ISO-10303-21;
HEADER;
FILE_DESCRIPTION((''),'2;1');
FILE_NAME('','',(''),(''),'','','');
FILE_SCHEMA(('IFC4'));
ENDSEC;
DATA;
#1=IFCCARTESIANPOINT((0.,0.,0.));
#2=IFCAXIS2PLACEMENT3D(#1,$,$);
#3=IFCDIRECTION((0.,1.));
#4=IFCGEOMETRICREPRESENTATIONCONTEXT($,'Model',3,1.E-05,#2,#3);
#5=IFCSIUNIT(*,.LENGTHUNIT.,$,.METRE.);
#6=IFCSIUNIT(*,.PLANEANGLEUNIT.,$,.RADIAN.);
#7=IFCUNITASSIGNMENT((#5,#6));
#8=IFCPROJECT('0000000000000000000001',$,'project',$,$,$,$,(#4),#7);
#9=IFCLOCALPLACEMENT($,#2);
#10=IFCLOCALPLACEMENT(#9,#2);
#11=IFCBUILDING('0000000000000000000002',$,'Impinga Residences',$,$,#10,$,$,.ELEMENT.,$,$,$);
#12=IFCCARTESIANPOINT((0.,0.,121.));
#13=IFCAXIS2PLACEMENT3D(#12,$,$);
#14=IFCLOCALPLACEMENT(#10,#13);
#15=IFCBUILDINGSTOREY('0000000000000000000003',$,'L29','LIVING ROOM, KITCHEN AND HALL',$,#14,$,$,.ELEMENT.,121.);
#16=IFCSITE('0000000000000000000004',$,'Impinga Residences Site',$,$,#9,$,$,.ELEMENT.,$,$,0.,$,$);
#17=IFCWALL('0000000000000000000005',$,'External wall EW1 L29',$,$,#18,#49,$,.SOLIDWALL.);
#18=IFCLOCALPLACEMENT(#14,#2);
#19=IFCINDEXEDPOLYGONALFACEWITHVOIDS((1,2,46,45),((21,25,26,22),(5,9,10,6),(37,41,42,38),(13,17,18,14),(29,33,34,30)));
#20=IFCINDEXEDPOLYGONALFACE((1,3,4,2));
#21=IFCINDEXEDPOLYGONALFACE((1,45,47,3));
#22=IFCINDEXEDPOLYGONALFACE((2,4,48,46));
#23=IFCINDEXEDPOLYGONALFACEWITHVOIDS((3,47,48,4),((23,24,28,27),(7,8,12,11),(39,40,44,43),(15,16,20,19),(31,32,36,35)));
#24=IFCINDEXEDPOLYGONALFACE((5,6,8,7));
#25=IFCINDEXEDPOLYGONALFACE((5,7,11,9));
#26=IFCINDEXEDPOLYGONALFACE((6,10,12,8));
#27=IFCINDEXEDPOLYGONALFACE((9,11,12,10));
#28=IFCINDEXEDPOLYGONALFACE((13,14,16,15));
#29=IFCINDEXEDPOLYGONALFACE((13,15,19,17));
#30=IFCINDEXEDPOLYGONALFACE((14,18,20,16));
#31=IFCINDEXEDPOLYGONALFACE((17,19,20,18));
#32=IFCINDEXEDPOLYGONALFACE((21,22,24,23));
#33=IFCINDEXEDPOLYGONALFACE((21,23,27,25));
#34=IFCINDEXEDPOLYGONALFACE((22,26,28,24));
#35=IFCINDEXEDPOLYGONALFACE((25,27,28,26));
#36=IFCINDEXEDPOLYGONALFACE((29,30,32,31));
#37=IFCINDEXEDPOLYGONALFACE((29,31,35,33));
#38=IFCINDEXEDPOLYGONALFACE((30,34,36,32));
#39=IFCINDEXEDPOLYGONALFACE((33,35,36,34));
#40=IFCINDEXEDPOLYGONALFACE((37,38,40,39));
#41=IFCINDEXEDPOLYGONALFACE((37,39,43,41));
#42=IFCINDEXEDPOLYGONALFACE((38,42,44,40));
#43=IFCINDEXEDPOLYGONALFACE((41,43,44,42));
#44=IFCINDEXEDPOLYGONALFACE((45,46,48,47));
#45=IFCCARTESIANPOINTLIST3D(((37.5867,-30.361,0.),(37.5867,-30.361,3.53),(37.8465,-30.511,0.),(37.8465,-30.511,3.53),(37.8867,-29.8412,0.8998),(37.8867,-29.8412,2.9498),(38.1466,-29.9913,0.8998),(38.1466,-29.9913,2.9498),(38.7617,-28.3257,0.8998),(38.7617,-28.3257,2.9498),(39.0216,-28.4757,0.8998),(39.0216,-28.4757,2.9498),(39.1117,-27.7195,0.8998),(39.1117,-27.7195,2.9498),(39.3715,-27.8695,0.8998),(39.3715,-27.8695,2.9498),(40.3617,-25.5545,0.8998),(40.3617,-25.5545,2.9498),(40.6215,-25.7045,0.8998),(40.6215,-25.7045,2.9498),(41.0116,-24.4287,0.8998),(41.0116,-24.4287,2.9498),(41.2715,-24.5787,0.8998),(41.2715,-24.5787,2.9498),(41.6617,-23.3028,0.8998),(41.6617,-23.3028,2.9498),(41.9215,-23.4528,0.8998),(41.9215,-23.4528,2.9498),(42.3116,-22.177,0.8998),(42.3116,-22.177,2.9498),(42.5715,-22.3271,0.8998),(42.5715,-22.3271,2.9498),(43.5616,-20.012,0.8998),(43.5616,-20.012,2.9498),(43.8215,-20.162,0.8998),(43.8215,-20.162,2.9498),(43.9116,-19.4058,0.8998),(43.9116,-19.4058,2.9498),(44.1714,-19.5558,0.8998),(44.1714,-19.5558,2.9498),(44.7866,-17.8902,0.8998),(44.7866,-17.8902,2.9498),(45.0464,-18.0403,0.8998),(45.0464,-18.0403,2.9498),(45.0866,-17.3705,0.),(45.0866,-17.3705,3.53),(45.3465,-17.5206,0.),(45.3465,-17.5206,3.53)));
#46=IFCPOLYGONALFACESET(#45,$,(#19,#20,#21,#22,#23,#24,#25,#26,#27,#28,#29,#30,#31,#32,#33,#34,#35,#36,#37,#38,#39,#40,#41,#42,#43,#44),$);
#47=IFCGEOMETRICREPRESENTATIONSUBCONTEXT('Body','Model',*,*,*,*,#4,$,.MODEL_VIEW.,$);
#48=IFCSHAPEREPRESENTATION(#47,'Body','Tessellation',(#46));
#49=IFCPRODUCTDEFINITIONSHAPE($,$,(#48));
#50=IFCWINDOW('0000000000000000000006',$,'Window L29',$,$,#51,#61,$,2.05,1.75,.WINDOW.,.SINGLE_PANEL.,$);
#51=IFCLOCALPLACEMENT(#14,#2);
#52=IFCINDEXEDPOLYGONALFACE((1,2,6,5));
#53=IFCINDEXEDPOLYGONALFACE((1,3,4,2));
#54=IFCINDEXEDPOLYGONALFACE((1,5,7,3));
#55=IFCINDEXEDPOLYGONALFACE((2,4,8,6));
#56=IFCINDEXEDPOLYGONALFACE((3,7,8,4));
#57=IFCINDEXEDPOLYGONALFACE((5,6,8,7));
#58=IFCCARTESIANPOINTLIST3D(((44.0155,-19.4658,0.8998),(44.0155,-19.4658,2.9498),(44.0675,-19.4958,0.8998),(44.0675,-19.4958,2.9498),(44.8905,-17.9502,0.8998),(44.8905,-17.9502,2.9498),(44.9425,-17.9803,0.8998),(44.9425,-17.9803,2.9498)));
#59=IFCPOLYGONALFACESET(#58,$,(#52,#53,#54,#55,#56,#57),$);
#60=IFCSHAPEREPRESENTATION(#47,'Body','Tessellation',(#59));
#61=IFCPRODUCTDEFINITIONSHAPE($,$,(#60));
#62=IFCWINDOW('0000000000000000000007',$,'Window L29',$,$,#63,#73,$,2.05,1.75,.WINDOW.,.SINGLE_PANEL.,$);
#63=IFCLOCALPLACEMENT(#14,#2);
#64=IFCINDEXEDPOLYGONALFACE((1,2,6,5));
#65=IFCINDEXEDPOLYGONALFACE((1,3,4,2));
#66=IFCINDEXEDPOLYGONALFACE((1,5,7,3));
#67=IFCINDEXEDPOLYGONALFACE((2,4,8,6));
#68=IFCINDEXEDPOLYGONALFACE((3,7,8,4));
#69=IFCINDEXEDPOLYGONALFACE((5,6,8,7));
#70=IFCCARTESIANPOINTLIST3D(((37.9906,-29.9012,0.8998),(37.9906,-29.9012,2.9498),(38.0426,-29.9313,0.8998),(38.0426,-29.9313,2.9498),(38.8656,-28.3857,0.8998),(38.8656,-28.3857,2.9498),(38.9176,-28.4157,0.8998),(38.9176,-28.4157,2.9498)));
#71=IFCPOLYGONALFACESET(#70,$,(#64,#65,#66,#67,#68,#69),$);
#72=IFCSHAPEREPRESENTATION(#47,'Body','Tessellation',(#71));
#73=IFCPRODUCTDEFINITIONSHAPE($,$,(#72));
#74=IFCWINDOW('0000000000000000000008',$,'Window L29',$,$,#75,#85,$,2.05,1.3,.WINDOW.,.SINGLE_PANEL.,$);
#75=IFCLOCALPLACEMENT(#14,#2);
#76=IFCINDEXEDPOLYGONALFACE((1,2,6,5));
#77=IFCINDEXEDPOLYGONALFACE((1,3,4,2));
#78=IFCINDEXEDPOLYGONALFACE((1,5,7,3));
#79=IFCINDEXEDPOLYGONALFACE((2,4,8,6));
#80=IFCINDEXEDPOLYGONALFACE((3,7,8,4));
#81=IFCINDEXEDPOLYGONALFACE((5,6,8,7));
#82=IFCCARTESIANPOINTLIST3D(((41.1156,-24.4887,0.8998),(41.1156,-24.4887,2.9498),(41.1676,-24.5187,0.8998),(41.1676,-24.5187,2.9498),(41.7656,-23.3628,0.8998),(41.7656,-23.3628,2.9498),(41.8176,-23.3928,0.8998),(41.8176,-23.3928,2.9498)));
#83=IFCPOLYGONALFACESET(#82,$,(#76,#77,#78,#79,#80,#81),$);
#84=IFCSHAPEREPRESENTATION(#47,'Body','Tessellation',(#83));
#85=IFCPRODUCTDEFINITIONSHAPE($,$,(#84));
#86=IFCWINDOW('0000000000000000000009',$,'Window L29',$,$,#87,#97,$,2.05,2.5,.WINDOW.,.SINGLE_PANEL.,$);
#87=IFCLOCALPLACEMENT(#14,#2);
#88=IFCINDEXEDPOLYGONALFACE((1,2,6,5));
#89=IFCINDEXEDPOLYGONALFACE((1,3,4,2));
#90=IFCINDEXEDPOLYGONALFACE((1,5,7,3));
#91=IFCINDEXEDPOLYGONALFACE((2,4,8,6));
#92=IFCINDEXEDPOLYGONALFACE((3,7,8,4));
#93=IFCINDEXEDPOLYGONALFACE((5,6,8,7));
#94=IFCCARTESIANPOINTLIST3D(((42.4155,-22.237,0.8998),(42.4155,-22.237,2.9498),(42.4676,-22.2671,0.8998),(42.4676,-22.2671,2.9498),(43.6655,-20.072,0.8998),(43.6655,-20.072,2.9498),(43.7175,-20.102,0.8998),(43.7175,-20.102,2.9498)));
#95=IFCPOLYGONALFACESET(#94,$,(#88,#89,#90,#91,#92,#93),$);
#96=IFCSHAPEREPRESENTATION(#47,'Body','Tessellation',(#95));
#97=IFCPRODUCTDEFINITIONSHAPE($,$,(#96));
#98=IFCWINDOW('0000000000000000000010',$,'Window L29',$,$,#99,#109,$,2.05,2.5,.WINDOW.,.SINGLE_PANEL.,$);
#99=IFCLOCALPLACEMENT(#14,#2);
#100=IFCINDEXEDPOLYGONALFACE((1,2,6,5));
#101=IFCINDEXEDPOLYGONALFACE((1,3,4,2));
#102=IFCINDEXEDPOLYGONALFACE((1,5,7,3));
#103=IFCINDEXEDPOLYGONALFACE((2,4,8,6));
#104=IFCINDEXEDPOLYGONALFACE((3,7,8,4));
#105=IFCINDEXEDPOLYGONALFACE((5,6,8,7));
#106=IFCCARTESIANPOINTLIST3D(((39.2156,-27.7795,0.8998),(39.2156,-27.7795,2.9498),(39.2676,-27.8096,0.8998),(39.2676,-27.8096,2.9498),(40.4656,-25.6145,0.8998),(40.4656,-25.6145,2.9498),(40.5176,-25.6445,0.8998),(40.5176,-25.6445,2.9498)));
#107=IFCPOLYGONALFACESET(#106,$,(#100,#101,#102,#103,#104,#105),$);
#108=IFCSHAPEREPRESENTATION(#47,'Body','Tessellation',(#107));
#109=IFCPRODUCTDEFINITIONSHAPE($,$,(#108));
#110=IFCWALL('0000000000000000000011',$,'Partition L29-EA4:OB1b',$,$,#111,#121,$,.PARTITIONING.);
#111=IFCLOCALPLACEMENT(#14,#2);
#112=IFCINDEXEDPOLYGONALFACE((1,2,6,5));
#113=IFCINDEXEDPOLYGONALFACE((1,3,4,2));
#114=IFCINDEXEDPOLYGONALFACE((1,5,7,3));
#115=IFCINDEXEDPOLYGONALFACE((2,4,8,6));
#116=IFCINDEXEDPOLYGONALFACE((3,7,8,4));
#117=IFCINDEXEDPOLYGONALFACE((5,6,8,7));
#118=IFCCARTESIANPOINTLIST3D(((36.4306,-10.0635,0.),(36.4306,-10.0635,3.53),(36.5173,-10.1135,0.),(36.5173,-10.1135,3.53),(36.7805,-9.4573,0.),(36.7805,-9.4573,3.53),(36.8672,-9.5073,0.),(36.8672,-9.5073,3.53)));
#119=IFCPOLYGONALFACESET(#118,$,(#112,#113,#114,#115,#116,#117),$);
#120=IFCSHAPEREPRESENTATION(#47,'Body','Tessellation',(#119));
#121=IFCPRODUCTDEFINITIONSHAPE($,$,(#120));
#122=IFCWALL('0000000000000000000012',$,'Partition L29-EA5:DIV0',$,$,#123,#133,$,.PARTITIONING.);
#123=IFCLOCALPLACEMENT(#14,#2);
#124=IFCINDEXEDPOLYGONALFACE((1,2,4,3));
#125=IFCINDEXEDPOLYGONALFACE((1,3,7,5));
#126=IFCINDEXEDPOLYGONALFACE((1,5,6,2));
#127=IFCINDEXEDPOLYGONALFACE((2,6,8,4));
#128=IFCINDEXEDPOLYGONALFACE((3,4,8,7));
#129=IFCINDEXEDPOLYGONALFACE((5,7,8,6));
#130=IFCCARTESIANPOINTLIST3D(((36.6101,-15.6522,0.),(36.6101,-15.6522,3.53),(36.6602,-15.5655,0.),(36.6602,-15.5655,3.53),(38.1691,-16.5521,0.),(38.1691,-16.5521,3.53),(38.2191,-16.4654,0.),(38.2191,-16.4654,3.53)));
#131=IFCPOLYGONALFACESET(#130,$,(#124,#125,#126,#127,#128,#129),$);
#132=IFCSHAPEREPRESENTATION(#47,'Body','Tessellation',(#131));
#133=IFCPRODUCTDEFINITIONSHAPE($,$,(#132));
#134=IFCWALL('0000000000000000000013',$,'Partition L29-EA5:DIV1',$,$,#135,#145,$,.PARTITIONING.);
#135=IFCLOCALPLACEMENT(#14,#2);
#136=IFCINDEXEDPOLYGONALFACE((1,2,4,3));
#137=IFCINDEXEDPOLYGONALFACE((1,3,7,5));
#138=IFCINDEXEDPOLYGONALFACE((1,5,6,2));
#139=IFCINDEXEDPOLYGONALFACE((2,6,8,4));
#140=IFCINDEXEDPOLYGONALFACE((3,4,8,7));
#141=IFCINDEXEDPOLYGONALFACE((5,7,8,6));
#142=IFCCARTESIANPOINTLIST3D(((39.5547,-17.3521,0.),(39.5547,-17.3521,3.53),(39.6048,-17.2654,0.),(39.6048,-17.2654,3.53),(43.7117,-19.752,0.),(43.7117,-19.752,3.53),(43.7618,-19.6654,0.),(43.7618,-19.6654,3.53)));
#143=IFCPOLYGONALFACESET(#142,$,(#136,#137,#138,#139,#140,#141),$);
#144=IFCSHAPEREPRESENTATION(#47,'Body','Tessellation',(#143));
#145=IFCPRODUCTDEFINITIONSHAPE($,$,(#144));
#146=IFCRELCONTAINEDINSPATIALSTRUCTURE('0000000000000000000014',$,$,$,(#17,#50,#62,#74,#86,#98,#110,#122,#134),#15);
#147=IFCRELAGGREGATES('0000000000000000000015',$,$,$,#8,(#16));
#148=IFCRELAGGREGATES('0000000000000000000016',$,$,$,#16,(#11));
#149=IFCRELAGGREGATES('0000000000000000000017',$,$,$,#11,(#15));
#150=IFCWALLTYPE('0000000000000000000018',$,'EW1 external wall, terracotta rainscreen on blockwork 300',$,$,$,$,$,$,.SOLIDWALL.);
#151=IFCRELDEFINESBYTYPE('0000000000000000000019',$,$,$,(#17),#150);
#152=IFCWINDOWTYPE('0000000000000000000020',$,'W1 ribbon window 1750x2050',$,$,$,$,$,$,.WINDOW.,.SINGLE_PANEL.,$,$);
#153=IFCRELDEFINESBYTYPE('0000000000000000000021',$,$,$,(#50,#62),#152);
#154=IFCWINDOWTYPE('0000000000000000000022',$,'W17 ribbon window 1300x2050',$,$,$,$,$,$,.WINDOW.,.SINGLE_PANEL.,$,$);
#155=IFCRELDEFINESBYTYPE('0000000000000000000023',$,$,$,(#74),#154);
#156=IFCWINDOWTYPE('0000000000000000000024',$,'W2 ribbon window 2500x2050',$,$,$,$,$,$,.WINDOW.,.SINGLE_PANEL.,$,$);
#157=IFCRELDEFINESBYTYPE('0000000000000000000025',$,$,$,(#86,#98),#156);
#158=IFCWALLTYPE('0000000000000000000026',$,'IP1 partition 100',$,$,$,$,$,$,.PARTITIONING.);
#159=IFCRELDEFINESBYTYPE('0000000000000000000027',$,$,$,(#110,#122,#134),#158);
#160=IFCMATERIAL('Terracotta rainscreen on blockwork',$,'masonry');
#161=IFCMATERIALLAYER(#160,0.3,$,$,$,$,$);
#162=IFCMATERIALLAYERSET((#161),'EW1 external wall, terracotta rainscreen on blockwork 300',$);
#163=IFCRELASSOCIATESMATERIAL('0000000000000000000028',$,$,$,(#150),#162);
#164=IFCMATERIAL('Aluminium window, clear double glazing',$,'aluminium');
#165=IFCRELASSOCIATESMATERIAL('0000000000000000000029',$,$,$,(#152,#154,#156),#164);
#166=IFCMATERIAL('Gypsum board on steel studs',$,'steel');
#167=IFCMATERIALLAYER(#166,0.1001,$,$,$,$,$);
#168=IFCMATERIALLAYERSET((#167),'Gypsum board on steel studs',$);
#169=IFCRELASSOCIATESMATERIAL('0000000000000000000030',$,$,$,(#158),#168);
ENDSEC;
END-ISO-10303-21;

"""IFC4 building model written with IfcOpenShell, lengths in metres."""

from ifc_helpers import new_model, si_unit, direction, frame, frame_2d, origin, place, context, subcontext, project, spatial, rectangle, extrude, material, layer, layer_set, type_object, element, fill, save


model = new_model("IFC4")

# Units and contexts
model_context = context("Model", 3, precision=1e-05, world=origin(), true_north=direction((0.0, 1.0)))
body_context = subcontext(model_context, "Body", "Model", "MODEL_VIEW")
ifc_project = project(units=[si_unit("LENGTHUNIT", "METRE"), si_unit("PLANEANGLEUNIT", "RADIAN")], contexts=[model_context])

# Site, building, storey
site_placement = place(None, origin())
site = spatial("IfcSite", under=ifc_project, at=site_placement, Name="Impinga Residences Site", CompositionType="ELEMENT", RefElevation=0.0)
building_placement = place(site_placement, origin())
building = spatial("IfcBuilding", under=site, at=building_placement, Name="Impinga Residences", CompositionType="ELEMENT")
storey_placement = place(building_placement, frame((0.0, 0.0, 121.0)))
storey = spatial("IfcBuildingStorey", under=building, at=storey_placement, Name="L29", Description="LIVING ROOM, KITCHEN AND HALL", CompositionType="ELEMENT", Elevation=121.0)

# Shared definitions
ifc_material_1 = material(Name="Terracotta rainscreen on blockwork", Category="masonry")
ifc_layer_1 = layer(ifc_material_1, 0.3)
ifc_layer_set_1 = layer_set([ifc_layer_1], Name="EW1 external wall, terracotta rainscreen on blockwork 300")
wall_type_1 = type_object("IfcWallType", Name="EW1 external wall, terracotta rainscreen on blockwork 300", PredefinedType="SOLIDWALL", material=ifc_layer_set_1)

# Wall, openings, windows
wall_1_placement = place(storey_placement, frame((45.2166, -17.4456, 0.0), z_axis=(0.0, 0.0, 1.0), x_axis=(-0.499997, -0.866027, 0.0)))
wall_1 = element("IfcWall", 1, at=wall_1_placement, inside=storey, type_object=wall_type_1, Name="External wall EW1 L29", PredefinedType="SOLIDWALL", context=body_context, shape_type="SweptSolid", body=[
    extrude(rectangle(XDim=15.0, YDim=0.3, at=frame_2d((7.5, 0.0))), origin(), (0.0, 0.0, 1.0), 3.53),
])
opening_1_placement = place(wall_1_placement, frame((0.6001, 0.0, 0.8999)))
opening_1 = element("IfcOpeningElement", 2, at=opening_1_placement, cuts=wall_1, PredefinedType="OPENING", context=body_context, shape_type="SweptSolid", body=[
    extrude(rectangle(XDim=1.75, YDim=2.05, at=frame_2d((0.875, 1.0249))), frame((0.0, 0.1599, 0.0), z_axis=(0.0, -1.0, 0.0), x_axis=(1.0, 0.0, 0.0)), (0.0, 0.0, 1.0), 0.3201),
])
opening_2_placement = place(wall_1_placement, frame((3.05, 0.0, 0.8999)))
opening_2 = element("IfcOpeningElement", 3, at=opening_2_placement, cuts=wall_1, PredefinedType="OPENING", context=body_context, shape_type="SweptSolid", body=[
    extrude(rectangle(XDim=2.5, YDim=2.05, at=frame_2d((1.25, 1.0249))), frame((0.0, 0.1599, 0.0), z_axis=(0.0, -1.0, 0.0), x_axis=(1.0, 0.0, 0.0)), (0.0, 0.0, 1.0), 0.3201),
])
opening_3_placement = place(wall_1_placement, frame((6.8501, 0.0, 0.8999)))
opening_3 = element("IfcOpeningElement", 4, at=opening_3_placement, cuts=wall_1, PredefinedType="OPENING", context=body_context, shape_type="SweptSolid", body=[
    extrude(rectangle(XDim=1.3, YDim=2.05, at=frame_2d((0.6499, 1.0249))), frame((0.0, 0.1599, 0.0), z_axis=(0.0, -1.0, 0.0), x_axis=(1.0, 0.0, 0.0)), (0.0, 0.0, 1.0), 0.3201),
])
opening_4_placement = place(wall_1_placement, frame((9.45, 0.0, 0.8999)))
opening_4 = element("IfcOpeningElement", 5, at=opening_4_placement, cuts=wall_1, PredefinedType="OPENING", context=body_context, shape_type="SweptSolid", body=[
    extrude(rectangle(XDim=2.5, YDim=2.05, at=frame_2d((1.25, 1.0249))), frame((0.0, 0.1599, 0.0), z_axis=(0.0, -1.0, 0.0), x_axis=(1.0, 0.0, 0.0)), (0.0, 0.0, 1.0), 0.3201),
])
opening_5_placement = place(wall_1_placement, frame((12.6499, 0.0, 0.8999)))
opening_5 = element("IfcOpeningElement", 6, at=opening_5_placement, cuts=wall_1, PredefinedType="OPENING", context=body_context, shape_type="SweptSolid", body=[
    extrude(rectangle(XDim=1.75, YDim=2.05, at=frame_2d((0.875, 1.0249))), frame((0.0, 0.1599, 0.0), z_axis=(0.0, -1.0, 0.0), x_axis=(1.0, 0.0, 0.0)), (0.0, 0.0, 1.0), 0.3201),
])
ifc_material_2 = material(Name="Aluminium window, clear double glazing", Category="aluminium")
window_type_1 = type_object("IfcWindowType", Name="W1 ribbon window 1750x2050", PartitioningType="SINGLE_PANEL", PredefinedType="WINDOW", material=ifc_material_2)
window_1_placement = place(opening_1_placement, origin())
window_1 = element("IfcWindow", 7, at=window_1_placement, inside=storey, type_object=window_type_1, Name="Window L29", OverallHeight=2.05, OverallWidth=1.75, PartitioningType="SINGLE_PANEL", PredefinedType="WINDOW", context=body_context, shape_type="SweptSolid", body=[
    extrude(rectangle(XDim=1.75, YDim=2.05, at=frame_2d((0.875, 1.0249))), frame((0.0, 0.03, 0.0), z_axis=(0.0, -1.0, 0.0), x_axis=(1.0, 0.0, 0.0)), (0.0, 0.0, 1.0), 0.0601),
])
fill(opening_1, window_1)
window_2_placement = place(opening_5_placement, origin())
window_2 = element("IfcWindow", 8, at=window_2_placement, inside=storey, type_object=window_type_1, Name="Window L29", OverallHeight=2.05, OverallWidth=1.75, PartitioningType="SINGLE_PANEL", PredefinedType="WINDOW", context=body_context, shape_type="SweptSolid", body=[
    extrude(rectangle(XDim=1.75, YDim=2.05, at=frame_2d((0.875, 1.0249))), frame((0.0, 0.03, 0.0), z_axis=(0.0, -1.0, 0.0), x_axis=(1.0, 0.0, 0.0)), (0.0, 0.0, 1.0), 0.0601),
])
fill(opening_5, window_2)
window_type_2 = type_object("IfcWindowType", Name="W17 ribbon window 1300x2050", PartitioningType="SINGLE_PANEL", PredefinedType="WINDOW", material=ifc_material_2)
window_3_placement = place(opening_3_placement, origin())
window_3 = element("IfcWindow", 9, at=window_3_placement, inside=storey, type_object=window_type_2, Name="Window L29", OverallHeight=2.05, OverallWidth=1.3, PartitioningType="SINGLE_PANEL", PredefinedType="WINDOW", context=body_context, shape_type="SweptSolid", body=[
    extrude(rectangle(XDim=1.3, YDim=2.05, at=frame_2d((0.6499, 1.0249))), frame((0.0, 0.03, 0.0), z_axis=(0.0, -1.0, 0.0), x_axis=(1.0, 0.0, 0.0)), (0.0, 0.0, 1.0), 0.0601),
])
fill(opening_3, window_3)
window_type_3 = type_object("IfcWindowType", Name="W2 ribbon window 2500x2050", PartitioningType="SINGLE_PANEL", PredefinedType="WINDOW", material=ifc_material_2)
window_4_placement = place(opening_2_placement, origin())
window_4 = element("IfcWindow", 10, at=window_4_placement, inside=storey, type_object=window_type_3, Name="Window L29", OverallHeight=2.05, OverallWidth=2.5, PartitioningType="SINGLE_PANEL", PredefinedType="WINDOW", context=body_context, shape_type="SweptSolid", body=[
    extrude(rectangle(XDim=2.5, YDim=2.05, at=frame_2d((1.25, 1.0249))), frame((0.0, 0.03, 0.0), z_axis=(0.0, -1.0, 0.0), x_axis=(1.0, 0.0, 0.0)), (0.0, 0.0, 1.0), 0.0601),
])
fill(opening_2, window_4)
window_5_placement = place(opening_4_placement, origin())
window_5 = element("IfcWindow", 11, at=window_5_placement, inside=storey, type_object=window_type_3, Name="Window L29", OverallHeight=2.05, OverallWidth=2.5, PartitioningType="SINGLE_PANEL", PredefinedType="WINDOW", context=body_context, shape_type="SweptSolid", body=[
    extrude(rectangle(XDim=2.5, YDim=2.05, at=frame_2d((1.25, 1.0249))), frame((0.0, 0.03, 0.0), z_axis=(0.0, -1.0, 0.0), x_axis=(1.0, 0.0, 0.0)), (0.0, 0.0, 1.0), 0.0601),
])
fill(opening_4, window_5)

# Walls
ifc_material_3 = material(Name="Gypsum board on steel studs", Category="steel")
ifc_layer_2 = layer(ifc_material_3, 0.1001)
ifc_layer_set_2 = layer_set([ifc_layer_2], Name="Gypsum board on steel studs")
wall_type_2 = type_object("IfcWallType", Name="IP1 partition 100", PredefinedType="PARTITIONING", material=ifc_layer_set_2)
wall_2_placement = place(storey_placement, frame((36.4739, -10.0886, 0.0), z_axis=(0.0, 0.0, 1.0), x_axis=(0.499853, 0.86611, 0.0)))
element("IfcWall", 12, at=wall_2_placement, inside=storey, type_object=wall_type_2, Name="Partition L29-EA4:OB1b", PredefinedType="PARTITIONING", context=body_context, shape_type="SweptSolid", body=[
    extrude(rectangle(XDim=0.7, YDim=0.1001, at=frame_2d((0.3501, 0.0))), origin(), (0.0, 0.0, 1.0), 3.53),
])
wall_3_placement = place(storey_placement, frame((36.6353, -15.6089, 0.0), z_axis=(0.0, 0.0, 1.0), x_axis=(0.866048, -0.499961, 0.0)))
element("IfcWall", 13, at=wall_3_placement, inside=storey, type_object=wall_type_2, Name="Partition L29-EA5:DIV0", PredefinedType="PARTITIONING", context=body_context, shape_type="SweptSolid", body=[
    extrude(rectangle(XDim=1.8, YDim=0.1001, at=frame_2d((0.8999, 0.0))), origin(), (0.0, 0.0, 1.0), 3.53),
])
wall_4_placement = place(storey_placement, frame((39.5798, -17.3088, 0.0), z_axis=(0.0, 0.0, 1.0), x_axis=(0.866037, -0.499979, 0.0)))
element("IfcWall", 14, at=wall_4_placement, inside=storey, type_object=wall_type_2, Name="Partition L29-EA5:DIV1", PredefinedType="PARTITIONING", context=body_context, shape_type="SweptSolid", body=[
    extrude(rectangle(XDim=4.8, YDim=0.1001, at=frame_2d((2.3999, 0.0))), origin(), (0.0, 0.0, 1.0), 3.53),
])

save(model, "model.ifc")
